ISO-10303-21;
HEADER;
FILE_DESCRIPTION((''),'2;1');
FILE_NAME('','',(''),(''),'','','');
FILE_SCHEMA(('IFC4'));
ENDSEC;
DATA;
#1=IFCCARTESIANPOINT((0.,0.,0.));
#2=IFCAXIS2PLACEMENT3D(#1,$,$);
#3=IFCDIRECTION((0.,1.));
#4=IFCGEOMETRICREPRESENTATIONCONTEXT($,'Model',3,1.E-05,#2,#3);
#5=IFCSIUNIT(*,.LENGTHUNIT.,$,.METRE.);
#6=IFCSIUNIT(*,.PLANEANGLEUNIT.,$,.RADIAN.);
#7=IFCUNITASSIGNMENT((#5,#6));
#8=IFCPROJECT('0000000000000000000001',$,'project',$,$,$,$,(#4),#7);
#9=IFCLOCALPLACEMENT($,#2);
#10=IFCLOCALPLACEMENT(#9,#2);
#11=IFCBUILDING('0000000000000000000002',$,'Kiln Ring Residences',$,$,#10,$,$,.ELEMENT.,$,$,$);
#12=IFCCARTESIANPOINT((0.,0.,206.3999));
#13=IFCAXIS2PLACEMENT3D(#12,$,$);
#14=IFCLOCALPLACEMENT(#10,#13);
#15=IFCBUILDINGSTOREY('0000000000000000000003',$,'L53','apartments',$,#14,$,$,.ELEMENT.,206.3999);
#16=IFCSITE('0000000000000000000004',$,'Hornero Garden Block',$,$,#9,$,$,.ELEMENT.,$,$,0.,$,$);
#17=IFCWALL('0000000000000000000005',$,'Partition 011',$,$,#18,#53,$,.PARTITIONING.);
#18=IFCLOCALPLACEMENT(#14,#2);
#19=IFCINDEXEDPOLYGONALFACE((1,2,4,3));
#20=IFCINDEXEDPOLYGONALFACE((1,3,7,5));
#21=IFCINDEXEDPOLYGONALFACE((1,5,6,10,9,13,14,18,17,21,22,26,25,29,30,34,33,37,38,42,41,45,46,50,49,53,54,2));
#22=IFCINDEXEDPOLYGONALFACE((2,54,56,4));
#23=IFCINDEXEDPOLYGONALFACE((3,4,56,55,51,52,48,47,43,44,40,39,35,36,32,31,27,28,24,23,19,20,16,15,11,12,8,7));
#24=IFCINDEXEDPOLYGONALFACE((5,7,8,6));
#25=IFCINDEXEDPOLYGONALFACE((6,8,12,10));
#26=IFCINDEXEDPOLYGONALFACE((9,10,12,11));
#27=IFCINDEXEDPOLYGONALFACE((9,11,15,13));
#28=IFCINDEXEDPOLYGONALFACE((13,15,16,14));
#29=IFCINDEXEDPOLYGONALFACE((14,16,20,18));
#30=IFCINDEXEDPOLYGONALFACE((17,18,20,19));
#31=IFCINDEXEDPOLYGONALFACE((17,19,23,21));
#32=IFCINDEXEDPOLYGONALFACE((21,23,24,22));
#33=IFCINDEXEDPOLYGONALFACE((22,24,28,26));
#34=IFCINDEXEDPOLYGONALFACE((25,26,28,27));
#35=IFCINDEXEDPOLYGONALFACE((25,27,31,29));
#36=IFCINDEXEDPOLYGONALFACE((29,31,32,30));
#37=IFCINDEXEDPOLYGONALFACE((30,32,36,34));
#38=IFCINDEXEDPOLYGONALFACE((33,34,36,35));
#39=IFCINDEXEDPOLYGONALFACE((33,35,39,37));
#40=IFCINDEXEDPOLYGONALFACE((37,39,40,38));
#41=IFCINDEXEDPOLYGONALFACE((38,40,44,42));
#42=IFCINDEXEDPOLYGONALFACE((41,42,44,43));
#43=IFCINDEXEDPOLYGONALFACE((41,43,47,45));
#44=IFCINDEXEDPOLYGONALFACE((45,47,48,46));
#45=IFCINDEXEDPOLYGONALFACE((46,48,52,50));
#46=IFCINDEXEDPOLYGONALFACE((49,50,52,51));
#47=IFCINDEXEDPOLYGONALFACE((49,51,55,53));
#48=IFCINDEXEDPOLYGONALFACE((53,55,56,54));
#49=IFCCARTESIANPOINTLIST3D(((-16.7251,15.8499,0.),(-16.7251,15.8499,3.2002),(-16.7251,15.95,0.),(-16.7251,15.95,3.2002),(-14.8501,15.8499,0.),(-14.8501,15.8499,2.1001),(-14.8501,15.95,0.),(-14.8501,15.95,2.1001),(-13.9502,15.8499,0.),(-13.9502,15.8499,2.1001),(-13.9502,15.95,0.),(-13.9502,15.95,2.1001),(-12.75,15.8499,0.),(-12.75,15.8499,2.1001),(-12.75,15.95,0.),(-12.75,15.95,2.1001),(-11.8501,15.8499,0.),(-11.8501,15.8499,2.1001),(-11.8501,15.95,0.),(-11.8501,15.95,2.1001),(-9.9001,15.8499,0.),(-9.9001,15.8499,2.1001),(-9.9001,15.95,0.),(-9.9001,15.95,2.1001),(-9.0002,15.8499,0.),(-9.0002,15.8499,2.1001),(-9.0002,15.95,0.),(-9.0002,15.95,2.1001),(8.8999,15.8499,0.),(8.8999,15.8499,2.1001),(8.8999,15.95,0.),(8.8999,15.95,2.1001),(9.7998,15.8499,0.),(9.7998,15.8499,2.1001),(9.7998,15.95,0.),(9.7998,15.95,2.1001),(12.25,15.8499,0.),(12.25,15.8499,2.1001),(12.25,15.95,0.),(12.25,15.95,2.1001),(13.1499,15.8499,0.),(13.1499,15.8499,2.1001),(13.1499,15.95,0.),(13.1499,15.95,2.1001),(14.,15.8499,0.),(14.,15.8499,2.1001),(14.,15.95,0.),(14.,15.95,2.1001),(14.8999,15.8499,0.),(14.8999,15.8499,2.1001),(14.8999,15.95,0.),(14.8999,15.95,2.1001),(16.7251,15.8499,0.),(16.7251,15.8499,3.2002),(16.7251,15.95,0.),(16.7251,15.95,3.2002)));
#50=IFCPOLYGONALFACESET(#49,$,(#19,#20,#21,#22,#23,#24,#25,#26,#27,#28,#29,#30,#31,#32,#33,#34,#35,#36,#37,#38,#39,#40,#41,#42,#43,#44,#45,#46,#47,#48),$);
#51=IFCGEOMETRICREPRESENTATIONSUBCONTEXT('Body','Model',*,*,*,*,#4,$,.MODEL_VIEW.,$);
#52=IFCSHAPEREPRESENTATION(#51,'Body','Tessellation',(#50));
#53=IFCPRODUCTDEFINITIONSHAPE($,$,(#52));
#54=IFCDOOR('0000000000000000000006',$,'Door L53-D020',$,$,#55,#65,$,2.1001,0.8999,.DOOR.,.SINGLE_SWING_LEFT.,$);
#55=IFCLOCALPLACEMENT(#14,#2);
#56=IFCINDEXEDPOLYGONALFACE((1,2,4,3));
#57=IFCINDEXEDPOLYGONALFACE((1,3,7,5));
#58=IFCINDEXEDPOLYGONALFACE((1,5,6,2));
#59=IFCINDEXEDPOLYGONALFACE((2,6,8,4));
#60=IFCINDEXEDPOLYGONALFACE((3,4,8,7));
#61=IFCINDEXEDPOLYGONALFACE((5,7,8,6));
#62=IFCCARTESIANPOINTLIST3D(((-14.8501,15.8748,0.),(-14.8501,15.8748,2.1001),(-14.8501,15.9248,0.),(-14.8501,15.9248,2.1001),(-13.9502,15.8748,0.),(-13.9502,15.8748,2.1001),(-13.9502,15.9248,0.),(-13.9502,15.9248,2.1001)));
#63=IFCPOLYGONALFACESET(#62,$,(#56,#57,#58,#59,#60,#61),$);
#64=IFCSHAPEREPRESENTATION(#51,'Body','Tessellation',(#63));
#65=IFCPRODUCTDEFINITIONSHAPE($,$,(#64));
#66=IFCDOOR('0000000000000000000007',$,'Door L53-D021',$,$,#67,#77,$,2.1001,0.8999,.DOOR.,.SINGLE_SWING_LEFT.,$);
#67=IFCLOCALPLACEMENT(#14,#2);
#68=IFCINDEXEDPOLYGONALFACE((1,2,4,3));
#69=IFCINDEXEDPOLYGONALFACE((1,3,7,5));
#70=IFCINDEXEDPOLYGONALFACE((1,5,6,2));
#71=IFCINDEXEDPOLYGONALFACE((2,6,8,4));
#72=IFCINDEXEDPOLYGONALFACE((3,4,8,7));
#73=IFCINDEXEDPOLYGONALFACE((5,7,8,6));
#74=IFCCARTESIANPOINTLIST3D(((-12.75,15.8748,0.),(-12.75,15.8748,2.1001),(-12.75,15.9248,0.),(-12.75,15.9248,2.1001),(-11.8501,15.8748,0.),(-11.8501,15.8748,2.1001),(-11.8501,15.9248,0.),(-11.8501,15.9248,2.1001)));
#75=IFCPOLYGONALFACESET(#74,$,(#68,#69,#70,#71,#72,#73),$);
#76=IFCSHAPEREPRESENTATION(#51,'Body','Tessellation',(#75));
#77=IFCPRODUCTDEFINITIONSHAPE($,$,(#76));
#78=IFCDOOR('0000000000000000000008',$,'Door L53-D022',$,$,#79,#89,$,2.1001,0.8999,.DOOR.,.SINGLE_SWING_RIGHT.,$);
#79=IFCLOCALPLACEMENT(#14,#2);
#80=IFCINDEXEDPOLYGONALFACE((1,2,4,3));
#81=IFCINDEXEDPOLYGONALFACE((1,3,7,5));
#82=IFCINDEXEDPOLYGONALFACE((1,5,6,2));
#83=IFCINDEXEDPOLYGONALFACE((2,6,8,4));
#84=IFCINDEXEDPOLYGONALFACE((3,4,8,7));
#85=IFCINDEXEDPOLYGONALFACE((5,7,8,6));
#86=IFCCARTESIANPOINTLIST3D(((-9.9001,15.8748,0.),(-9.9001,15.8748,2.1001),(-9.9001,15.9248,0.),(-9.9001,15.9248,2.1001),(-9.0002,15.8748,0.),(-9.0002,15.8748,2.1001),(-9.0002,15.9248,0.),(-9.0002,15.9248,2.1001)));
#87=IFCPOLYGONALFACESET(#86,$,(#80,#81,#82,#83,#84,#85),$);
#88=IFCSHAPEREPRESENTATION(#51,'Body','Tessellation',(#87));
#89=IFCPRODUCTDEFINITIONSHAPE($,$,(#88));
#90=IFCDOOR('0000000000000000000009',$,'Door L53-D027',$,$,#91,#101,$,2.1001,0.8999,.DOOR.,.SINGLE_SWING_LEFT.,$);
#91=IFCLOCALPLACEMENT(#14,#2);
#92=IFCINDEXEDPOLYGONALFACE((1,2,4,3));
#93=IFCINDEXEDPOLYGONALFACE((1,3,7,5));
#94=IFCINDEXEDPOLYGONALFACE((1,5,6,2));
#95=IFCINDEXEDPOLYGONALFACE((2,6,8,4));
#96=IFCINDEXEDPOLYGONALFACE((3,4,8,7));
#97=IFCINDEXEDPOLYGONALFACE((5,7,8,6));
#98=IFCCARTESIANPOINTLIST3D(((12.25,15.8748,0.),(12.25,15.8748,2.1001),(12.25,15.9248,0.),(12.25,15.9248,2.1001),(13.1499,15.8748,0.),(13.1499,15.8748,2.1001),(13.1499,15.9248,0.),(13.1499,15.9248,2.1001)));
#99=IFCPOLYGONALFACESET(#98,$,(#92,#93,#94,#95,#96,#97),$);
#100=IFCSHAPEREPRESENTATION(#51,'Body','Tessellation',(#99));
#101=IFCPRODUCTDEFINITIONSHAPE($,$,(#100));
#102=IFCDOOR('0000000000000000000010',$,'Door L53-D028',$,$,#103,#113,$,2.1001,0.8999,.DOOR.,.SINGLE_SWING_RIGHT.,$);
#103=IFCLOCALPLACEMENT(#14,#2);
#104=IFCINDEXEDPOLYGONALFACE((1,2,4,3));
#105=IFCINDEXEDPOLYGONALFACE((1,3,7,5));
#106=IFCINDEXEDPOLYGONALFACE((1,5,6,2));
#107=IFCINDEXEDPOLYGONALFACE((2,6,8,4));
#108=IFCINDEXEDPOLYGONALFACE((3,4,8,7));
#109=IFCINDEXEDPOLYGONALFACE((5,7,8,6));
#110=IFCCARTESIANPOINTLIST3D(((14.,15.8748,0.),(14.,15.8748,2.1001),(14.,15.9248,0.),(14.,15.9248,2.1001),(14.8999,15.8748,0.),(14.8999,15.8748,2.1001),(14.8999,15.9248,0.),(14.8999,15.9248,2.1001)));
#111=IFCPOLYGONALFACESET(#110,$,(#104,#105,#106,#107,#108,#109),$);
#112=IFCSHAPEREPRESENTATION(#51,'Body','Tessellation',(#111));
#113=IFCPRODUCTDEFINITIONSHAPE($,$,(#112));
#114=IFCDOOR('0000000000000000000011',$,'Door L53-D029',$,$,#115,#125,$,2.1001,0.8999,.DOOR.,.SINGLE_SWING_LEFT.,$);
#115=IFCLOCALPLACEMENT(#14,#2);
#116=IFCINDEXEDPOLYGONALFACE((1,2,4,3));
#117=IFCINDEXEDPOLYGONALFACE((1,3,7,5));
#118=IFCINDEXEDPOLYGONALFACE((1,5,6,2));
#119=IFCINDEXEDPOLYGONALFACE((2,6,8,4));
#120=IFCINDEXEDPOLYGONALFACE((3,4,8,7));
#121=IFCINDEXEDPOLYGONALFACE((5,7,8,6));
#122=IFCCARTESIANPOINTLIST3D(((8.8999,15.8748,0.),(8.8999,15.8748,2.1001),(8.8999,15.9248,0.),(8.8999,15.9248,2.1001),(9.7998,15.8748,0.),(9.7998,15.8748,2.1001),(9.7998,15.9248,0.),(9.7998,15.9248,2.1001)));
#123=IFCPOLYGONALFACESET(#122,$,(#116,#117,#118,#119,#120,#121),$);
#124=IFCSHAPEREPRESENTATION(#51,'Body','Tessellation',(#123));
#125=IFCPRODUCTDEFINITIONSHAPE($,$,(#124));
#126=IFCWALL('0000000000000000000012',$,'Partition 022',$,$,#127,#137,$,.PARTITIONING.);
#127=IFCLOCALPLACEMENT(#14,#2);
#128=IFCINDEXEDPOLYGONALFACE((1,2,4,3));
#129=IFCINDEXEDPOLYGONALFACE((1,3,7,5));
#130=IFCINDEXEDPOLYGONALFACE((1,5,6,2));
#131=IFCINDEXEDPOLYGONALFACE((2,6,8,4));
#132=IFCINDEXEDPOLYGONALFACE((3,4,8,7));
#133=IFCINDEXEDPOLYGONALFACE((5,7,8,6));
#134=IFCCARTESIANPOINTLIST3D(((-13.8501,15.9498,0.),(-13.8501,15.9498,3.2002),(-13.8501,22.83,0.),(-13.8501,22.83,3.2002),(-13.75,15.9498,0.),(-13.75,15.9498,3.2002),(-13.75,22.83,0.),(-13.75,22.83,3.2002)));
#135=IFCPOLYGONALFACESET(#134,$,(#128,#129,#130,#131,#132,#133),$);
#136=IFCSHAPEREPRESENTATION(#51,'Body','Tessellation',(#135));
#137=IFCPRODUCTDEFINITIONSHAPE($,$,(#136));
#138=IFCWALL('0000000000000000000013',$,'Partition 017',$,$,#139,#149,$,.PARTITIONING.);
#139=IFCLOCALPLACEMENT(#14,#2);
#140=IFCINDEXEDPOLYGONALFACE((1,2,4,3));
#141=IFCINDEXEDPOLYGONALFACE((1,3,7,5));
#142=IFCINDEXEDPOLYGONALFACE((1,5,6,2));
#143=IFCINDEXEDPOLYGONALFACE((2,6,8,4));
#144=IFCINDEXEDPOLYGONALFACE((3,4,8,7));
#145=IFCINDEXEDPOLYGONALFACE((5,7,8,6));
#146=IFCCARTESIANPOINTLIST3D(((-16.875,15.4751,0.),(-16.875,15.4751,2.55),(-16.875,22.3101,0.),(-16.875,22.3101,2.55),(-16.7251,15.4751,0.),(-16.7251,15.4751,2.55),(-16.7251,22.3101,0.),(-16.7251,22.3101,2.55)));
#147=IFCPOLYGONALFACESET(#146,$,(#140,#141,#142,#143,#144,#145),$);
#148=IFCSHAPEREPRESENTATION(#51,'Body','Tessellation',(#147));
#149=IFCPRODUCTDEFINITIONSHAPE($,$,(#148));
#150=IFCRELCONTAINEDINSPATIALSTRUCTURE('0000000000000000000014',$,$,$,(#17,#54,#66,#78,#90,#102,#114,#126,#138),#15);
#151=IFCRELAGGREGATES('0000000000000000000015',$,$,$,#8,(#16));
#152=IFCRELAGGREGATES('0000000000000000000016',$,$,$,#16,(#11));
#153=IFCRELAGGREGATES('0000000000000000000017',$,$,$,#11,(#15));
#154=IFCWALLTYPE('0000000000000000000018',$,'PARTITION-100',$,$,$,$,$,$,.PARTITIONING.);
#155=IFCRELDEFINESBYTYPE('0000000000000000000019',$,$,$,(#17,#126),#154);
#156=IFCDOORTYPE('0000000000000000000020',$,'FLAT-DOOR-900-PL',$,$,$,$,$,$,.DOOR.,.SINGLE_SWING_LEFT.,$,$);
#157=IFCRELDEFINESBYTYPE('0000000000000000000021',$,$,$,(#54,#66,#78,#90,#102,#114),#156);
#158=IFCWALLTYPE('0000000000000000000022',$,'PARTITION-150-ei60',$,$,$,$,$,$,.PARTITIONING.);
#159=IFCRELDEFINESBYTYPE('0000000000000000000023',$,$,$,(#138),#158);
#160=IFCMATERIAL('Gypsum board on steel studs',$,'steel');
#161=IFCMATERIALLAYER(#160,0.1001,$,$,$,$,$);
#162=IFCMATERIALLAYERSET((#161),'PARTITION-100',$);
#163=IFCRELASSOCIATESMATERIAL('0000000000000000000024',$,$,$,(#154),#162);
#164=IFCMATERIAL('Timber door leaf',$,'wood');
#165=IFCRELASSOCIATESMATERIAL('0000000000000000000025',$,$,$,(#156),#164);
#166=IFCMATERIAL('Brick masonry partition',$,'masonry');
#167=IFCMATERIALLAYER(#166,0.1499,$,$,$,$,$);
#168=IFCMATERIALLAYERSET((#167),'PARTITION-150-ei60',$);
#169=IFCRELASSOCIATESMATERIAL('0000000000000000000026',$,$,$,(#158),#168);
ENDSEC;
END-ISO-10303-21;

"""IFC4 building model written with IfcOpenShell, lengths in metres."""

from ifc_helpers import new_model, si_unit, direction, frame, frame_2d, origin, place, context, subcontext, project, spatial, rectangle, extrude, material, layer, layer_set, type_object, element, fill, save


model = new_model("IFC4")

# Units and contexts
model_context = context("Model", 3, precision=1e-05, world=origin(), true_north=direction((0.0, 1.0)))
body_context = subcontext(model_context, "Body", "Model", "MODEL_VIEW")
ifc_project = project(units=[si_unit("LENGTHUNIT", "METRE"), si_unit("PLANEANGLEUNIT", "RADIAN")], contexts=[model_context])

# Site, building, storey
site_placement = place(None, origin())
site = spatial("IfcSite", under=ifc_project, at=site_placement, Name="Hornero Garden Block", CompositionType="ELEMENT", RefElevation=0.0)
building_placement = place(site_placement, origin())
building = spatial("IfcBuilding", under=site, at=building_placement, Name="Kiln Ring Residences", CompositionType="ELEMENT")
storey_placement = place(building_placement, frame((0.0, 0.0, 206.3999)))
storey = spatial("IfcBuildingStorey", under=building, at=storey_placement, Name="L53", Description="apartments", CompositionType="ELEMENT", Elevation=206.3999)

# Wall, openings, doors
ifc_material_1 = material(Name="Gypsum board on steel studs", Category="steel")
ifc_layer_1 = layer(ifc_material_1, 0.1001)
ifc_layer_set_1 = layer_set([ifc_layer_1], Name="PARTITION-100")
wall_type_1 = type_object("IfcWallType", Name="PARTITION-100", PredefinedType="PARTITIONING", material=ifc_layer_set_1)
wall_1_placement = place(storey_placement, frame((-16.7251, 15.8999, 0.0), z_axis=(0.0, 0.0, 1.0), x_axis=(1.0, 0.0, 0.0)))
wall_1 = element("IfcWall", 1, at=wall_1_placement, inside=storey, type_object=wall_type_1, Name="Partition 011", PredefinedType="PARTITIONING", context=body_context, shape_type="SweptSolid", body=[
    extrude(rectangle(XDim=33.4502, YDim=0.1001, at=frame_2d((16.7251, 0.0))), origin(), (0.0, 0.0, 1.0), 3.2002),
])
opening_1_placement = place(wall_1_placement, frame((1.875, 0.0, 0.0)))
opening_1 = element("IfcOpeningElement", 2, at=opening_1_placement, cuts=wall_1, PredefinedType="OPENING", context=body_context, shape_type="SweptSolid", body=[
    extrude(rectangle(XDim=0.8999, YDim=2.1001, at=frame_2d((0.45, 1.05))), frame((0.0, 0.0601, 0.0), z_axis=(0.0, -1.0, 0.0), x_axis=(1.0, 0.0, 0.0)), (0.0, 0.0, 1.0), 0.1201),
])
opening_2_placement = place(wall_1_placement, frame((3.9751, 0.0, 0.0)))
opening_2 = element("IfcOpeningElement", 3, at=opening_2_placement, cuts=wall_1, PredefinedType="OPENING", context=body_context, shape_type="SweptSolid", body=[
    extrude(rectangle(XDim=0.8999, YDim=2.1001, at=frame_2d((0.45, 1.05))), frame((0.0, 0.0601, 0.0), z_axis=(0.0, -1.0, 0.0), x_axis=(1.0, 0.0, 0.0)), (0.0, 0.0, 1.0), 0.1201),
])
opening_3_placement = place(wall_1_placement, frame((6.825, 0.0, 0.0)))
opening_3 = element("IfcOpeningElement", 4, at=opening_3_placement, cuts=wall_1, PredefinedType="OPENING", context=body_context, shape_type="SweptSolid", body=[
    extrude(rectangle(XDim=0.8999, YDim=2.1001, at=frame_2d((0.45, 1.05))), frame((0.0, 0.0601, 0.0), z_axis=(0.0, -1.0, 0.0), x_axis=(1.0, 0.0, 0.0)), (0.0, 0.0, 1.0), 0.1201),
])
opening_4_placement = place(wall_1_placement, frame((28.9751, 0.0, 0.0)))
opening_4 = element("IfcOpeningElement", 5, at=opening_4_placement, cuts=wall_1, PredefinedType="OPENING", context=body_context, shape_type="SweptSolid", body=[
    extrude(rectangle(XDim=0.8999, YDim=2.1001, at=frame_2d((0.45, 1.05))), frame((0.0, 0.0601, 0.0), z_axis=(0.0, -1.0, 0.0), x_axis=(1.0, 0.0, 0.0)), (0.0, 0.0, 1.0), 0.1201),
])
opening_5_placement = place(wall_1_placement, frame((30.7251, 0.0, 0.0)))
opening_5 = element("IfcOpeningElement", 6, at=opening_5_placement, cuts=wall_1, PredefinedType="OPENING", context=body_context, shape_type="SweptSolid", body=[
    extrude(rectangle(XDim=0.8999, YDim=2.1001, at=frame_2d((0.45, 1.05))), frame((0.0, 0.0601, 0.0), z_axis=(0.0, -1.0, 0.0), x_axis=(1.0, 0.0, 0.0)), (0.0, 0.0, 1.0), 0.1201),
])
opening_6_placement = place(wall_1_placement, frame((25.625, 0.0, 0.0)))
opening_6 = element("IfcOpeningElement", 7, at=opening_6_placement, cuts=wall_1, PredefinedType="OPENING", context=body_context, shape_type="SweptSolid", body=[
    extrude(rectangle(XDim=0.8999, YDim=2.1001, at=frame_2d((0.45, 1.05))), frame((0.0, 0.0601, 0.0), z_axis=(0.0, -1.0, 0.0), x_axis=(1.0, 0.0, 0.0)), (0.0, 0.0, 1.0), 0.1201),
])
ifc_material_2 = material(Name="Timber door leaf", Category="wood")
door_type = type_object("IfcDoorType", Name="FLAT-DOOR-900-PL", OperationType="SINGLE_SWING_LEFT", PredefinedType="DOOR", material=ifc_material_2)
door_1_placement = place(opening_1_placement, origin())
door_1 = element("IfcDoor", 8, at=door_1_placement, inside=storey, type_object=door_type, Name="Door L53-D020", OperationType="SINGLE_SWING_LEFT", OverallHeight=2.1001, OverallWidth=0.8999, PredefinedType="DOOR", context=body_context, shape_type="SweptSolid", body=[
    extrude(rectangle(XDim=0.8999, YDim=2.1001, at=frame_2d((0.45, 1.05))), frame((0.0, 0.0249, 0.0), z_axis=(0.0, -1.0, 0.0), x_axis=(1.0, 0.0, 0.0)), (0.0, 0.0, 1.0), 0.05),
])
fill(opening_1, door_1)
door_2_placement = place(opening_2_placement, origin())
door_2 = element("IfcDoor", 9, at=door_2_placement, inside=storey, type_object=door_type, Name="Door L53-D021", OperationType="SINGLE_SWING_LEFT", OverallHeight=2.1001, OverallWidth=0.8999, PredefinedType="DOOR", context=body_context, shape_type="SweptSolid", body=[
    extrude(rectangle(XDim=0.8999, YDim=2.1001, at=frame_2d((0.45, 1.05))), frame((0.0, 0.0249, 0.0), z_axis=(0.0, -1.0, 0.0), x_axis=(1.0, 0.0, 0.0)), (0.0, 0.0, 1.0), 0.05),
])
fill(opening_2, door_2)
door_3_placement = place(opening_3_placement, origin())
door_3 = element("IfcDoor", 10, at=door_3_placement, inside=storey, type_object=door_type, Name="Door L53-D022", OperationType="SINGLE_SWING_RIGHT", OverallHeight=2.1001, OverallWidth=0.8999, PredefinedType="DOOR", context=body_context, shape_type="SweptSolid", body=[
    extrude(rectangle(XDim=0.8999, YDim=2.1001, at=frame_2d((0.45, 1.05))), frame((0.0, 0.0249, 0.0), z_axis=(0.0, -1.0, 0.0), x_axis=(1.0, 0.0, 0.0)), (0.0, 0.0, 1.0), 0.05),
])
fill(opening_3, door_3)
door_4_placement = place(opening_4_placement, origin())
door_4 = element("IfcDoor", 11, at=door_4_placement, inside=storey, type_object=door_type, Name="Door L53-D027", OperationType="SINGLE_SWING_LEFT", OverallHeight=2.1001, OverallWidth=0.8999, PredefinedType="DOOR", context=body_context, shape_type="SweptSolid", body=[
    extrude(rectangle(XDim=0.8999, YDim=2.1001, at=frame_2d((0.45, 1.05))), frame((0.0, 0.0249, 0.0), z_axis=(0.0, -1.0, 0.0), x_axis=(1.0, 0.0, 0.0)), (0.0, 0.0, 1.0), 0.05),
])
fill(opening_4, door_4)
door_5_placement = place(opening_5_placement, origin())
door_5 = element("IfcDoor", 12, at=door_5_placement, inside=storey, type_object=door_type, Name="Door L53-D028", OperationType="SINGLE_SWING_RIGHT", OverallHeight=2.1001, OverallWidth=0.8999, PredefinedType="DOOR", context=body_context, shape_type="SweptSolid", body=[
    extrude(rectangle(XDim=0.8999, YDim=2.1001, at=frame_2d((0.45, 1.05))), frame((0.0, 0.0249, 0.0), z_axis=(0.0, -1.0, 0.0), x_axis=(1.0, 0.0, 0.0)), (0.0, 0.0, 1.0), 0.05),
])
fill(opening_5, door_5)
door_6_placement = place(opening_6_placement, origin())
door_6 = element("IfcDoor", 13, at=door_6_placement, inside=storey, type_object=door_type, Name="Door L53-D029", OperationType="SINGLE_SWING_LEFT", OverallHeight=2.1001, OverallWidth=0.8999, PredefinedType="DOOR", context=body_context, shape_type="SweptSolid", body=[
    extrude(rectangle(XDim=0.8999, YDim=2.1001, at=frame_2d((0.45, 1.05))), frame((0.0, 0.0249, 0.0), z_axis=(0.0, -1.0, 0.0), x_axis=(1.0, 0.0, 0.0)), (0.0, 0.0, 1.0), 0.05),
])
fill(opening_6, door_6)

# Walls
wall_2_placement = place(storey_placement, frame((-13.8, 15.95, 0.0), z_axis=(0.0, 0.0, 1.0), x_axis=(0.0, 1.0, 0.0)))
element("IfcWall", 14, at=wall_2_placement, inside=storey, type_object=wall_type_1, Name="Partition 022", PredefinedType="PARTITIONING", context=body_context, shape_type="SweptSolid", body=[
    extrude(rectangle(XDim=6.8801, YDim=0.1001, at=frame_2d((3.4399, 0.0))), origin(), (0.0, 0.0, 1.0), 3.2002),
])
ifc_material_3 = material(Name="Brick masonry partition", Category="masonry")
ifc_layer_2 = layer(ifc_material_3, 0.1499)
ifc_layer_set_2 = layer_set([ifc_layer_2], Name="PARTITION-150-ei60")
wall_type_2 = type_object("IfcWallType", Name="PARTITION-150-ei60", PredefinedType="PARTITIONING", material=ifc_layer_set_2)
wall_3_placement = place(storey_placement, frame((-16.8, 15.4751, 0.0), z_axis=(0.0, 0.0, 1.0), x_axis=(0.0, 1.0, 0.0)))
element("IfcWall", 15, at=wall_3_placement, inside=storey, type_object=wall_type_2, Name="Partition 017", PredefinedType="PARTITIONING", context=body_context, shape_type="SweptSolid", body=[
    extrude(rectangle(XDim=6.835, YDim=0.1499, at=frame_2d((3.4175, 0.0))), origin(), (0.0, 0.0, 1.0), 2.55),
])

save(model, "model.ifc")
